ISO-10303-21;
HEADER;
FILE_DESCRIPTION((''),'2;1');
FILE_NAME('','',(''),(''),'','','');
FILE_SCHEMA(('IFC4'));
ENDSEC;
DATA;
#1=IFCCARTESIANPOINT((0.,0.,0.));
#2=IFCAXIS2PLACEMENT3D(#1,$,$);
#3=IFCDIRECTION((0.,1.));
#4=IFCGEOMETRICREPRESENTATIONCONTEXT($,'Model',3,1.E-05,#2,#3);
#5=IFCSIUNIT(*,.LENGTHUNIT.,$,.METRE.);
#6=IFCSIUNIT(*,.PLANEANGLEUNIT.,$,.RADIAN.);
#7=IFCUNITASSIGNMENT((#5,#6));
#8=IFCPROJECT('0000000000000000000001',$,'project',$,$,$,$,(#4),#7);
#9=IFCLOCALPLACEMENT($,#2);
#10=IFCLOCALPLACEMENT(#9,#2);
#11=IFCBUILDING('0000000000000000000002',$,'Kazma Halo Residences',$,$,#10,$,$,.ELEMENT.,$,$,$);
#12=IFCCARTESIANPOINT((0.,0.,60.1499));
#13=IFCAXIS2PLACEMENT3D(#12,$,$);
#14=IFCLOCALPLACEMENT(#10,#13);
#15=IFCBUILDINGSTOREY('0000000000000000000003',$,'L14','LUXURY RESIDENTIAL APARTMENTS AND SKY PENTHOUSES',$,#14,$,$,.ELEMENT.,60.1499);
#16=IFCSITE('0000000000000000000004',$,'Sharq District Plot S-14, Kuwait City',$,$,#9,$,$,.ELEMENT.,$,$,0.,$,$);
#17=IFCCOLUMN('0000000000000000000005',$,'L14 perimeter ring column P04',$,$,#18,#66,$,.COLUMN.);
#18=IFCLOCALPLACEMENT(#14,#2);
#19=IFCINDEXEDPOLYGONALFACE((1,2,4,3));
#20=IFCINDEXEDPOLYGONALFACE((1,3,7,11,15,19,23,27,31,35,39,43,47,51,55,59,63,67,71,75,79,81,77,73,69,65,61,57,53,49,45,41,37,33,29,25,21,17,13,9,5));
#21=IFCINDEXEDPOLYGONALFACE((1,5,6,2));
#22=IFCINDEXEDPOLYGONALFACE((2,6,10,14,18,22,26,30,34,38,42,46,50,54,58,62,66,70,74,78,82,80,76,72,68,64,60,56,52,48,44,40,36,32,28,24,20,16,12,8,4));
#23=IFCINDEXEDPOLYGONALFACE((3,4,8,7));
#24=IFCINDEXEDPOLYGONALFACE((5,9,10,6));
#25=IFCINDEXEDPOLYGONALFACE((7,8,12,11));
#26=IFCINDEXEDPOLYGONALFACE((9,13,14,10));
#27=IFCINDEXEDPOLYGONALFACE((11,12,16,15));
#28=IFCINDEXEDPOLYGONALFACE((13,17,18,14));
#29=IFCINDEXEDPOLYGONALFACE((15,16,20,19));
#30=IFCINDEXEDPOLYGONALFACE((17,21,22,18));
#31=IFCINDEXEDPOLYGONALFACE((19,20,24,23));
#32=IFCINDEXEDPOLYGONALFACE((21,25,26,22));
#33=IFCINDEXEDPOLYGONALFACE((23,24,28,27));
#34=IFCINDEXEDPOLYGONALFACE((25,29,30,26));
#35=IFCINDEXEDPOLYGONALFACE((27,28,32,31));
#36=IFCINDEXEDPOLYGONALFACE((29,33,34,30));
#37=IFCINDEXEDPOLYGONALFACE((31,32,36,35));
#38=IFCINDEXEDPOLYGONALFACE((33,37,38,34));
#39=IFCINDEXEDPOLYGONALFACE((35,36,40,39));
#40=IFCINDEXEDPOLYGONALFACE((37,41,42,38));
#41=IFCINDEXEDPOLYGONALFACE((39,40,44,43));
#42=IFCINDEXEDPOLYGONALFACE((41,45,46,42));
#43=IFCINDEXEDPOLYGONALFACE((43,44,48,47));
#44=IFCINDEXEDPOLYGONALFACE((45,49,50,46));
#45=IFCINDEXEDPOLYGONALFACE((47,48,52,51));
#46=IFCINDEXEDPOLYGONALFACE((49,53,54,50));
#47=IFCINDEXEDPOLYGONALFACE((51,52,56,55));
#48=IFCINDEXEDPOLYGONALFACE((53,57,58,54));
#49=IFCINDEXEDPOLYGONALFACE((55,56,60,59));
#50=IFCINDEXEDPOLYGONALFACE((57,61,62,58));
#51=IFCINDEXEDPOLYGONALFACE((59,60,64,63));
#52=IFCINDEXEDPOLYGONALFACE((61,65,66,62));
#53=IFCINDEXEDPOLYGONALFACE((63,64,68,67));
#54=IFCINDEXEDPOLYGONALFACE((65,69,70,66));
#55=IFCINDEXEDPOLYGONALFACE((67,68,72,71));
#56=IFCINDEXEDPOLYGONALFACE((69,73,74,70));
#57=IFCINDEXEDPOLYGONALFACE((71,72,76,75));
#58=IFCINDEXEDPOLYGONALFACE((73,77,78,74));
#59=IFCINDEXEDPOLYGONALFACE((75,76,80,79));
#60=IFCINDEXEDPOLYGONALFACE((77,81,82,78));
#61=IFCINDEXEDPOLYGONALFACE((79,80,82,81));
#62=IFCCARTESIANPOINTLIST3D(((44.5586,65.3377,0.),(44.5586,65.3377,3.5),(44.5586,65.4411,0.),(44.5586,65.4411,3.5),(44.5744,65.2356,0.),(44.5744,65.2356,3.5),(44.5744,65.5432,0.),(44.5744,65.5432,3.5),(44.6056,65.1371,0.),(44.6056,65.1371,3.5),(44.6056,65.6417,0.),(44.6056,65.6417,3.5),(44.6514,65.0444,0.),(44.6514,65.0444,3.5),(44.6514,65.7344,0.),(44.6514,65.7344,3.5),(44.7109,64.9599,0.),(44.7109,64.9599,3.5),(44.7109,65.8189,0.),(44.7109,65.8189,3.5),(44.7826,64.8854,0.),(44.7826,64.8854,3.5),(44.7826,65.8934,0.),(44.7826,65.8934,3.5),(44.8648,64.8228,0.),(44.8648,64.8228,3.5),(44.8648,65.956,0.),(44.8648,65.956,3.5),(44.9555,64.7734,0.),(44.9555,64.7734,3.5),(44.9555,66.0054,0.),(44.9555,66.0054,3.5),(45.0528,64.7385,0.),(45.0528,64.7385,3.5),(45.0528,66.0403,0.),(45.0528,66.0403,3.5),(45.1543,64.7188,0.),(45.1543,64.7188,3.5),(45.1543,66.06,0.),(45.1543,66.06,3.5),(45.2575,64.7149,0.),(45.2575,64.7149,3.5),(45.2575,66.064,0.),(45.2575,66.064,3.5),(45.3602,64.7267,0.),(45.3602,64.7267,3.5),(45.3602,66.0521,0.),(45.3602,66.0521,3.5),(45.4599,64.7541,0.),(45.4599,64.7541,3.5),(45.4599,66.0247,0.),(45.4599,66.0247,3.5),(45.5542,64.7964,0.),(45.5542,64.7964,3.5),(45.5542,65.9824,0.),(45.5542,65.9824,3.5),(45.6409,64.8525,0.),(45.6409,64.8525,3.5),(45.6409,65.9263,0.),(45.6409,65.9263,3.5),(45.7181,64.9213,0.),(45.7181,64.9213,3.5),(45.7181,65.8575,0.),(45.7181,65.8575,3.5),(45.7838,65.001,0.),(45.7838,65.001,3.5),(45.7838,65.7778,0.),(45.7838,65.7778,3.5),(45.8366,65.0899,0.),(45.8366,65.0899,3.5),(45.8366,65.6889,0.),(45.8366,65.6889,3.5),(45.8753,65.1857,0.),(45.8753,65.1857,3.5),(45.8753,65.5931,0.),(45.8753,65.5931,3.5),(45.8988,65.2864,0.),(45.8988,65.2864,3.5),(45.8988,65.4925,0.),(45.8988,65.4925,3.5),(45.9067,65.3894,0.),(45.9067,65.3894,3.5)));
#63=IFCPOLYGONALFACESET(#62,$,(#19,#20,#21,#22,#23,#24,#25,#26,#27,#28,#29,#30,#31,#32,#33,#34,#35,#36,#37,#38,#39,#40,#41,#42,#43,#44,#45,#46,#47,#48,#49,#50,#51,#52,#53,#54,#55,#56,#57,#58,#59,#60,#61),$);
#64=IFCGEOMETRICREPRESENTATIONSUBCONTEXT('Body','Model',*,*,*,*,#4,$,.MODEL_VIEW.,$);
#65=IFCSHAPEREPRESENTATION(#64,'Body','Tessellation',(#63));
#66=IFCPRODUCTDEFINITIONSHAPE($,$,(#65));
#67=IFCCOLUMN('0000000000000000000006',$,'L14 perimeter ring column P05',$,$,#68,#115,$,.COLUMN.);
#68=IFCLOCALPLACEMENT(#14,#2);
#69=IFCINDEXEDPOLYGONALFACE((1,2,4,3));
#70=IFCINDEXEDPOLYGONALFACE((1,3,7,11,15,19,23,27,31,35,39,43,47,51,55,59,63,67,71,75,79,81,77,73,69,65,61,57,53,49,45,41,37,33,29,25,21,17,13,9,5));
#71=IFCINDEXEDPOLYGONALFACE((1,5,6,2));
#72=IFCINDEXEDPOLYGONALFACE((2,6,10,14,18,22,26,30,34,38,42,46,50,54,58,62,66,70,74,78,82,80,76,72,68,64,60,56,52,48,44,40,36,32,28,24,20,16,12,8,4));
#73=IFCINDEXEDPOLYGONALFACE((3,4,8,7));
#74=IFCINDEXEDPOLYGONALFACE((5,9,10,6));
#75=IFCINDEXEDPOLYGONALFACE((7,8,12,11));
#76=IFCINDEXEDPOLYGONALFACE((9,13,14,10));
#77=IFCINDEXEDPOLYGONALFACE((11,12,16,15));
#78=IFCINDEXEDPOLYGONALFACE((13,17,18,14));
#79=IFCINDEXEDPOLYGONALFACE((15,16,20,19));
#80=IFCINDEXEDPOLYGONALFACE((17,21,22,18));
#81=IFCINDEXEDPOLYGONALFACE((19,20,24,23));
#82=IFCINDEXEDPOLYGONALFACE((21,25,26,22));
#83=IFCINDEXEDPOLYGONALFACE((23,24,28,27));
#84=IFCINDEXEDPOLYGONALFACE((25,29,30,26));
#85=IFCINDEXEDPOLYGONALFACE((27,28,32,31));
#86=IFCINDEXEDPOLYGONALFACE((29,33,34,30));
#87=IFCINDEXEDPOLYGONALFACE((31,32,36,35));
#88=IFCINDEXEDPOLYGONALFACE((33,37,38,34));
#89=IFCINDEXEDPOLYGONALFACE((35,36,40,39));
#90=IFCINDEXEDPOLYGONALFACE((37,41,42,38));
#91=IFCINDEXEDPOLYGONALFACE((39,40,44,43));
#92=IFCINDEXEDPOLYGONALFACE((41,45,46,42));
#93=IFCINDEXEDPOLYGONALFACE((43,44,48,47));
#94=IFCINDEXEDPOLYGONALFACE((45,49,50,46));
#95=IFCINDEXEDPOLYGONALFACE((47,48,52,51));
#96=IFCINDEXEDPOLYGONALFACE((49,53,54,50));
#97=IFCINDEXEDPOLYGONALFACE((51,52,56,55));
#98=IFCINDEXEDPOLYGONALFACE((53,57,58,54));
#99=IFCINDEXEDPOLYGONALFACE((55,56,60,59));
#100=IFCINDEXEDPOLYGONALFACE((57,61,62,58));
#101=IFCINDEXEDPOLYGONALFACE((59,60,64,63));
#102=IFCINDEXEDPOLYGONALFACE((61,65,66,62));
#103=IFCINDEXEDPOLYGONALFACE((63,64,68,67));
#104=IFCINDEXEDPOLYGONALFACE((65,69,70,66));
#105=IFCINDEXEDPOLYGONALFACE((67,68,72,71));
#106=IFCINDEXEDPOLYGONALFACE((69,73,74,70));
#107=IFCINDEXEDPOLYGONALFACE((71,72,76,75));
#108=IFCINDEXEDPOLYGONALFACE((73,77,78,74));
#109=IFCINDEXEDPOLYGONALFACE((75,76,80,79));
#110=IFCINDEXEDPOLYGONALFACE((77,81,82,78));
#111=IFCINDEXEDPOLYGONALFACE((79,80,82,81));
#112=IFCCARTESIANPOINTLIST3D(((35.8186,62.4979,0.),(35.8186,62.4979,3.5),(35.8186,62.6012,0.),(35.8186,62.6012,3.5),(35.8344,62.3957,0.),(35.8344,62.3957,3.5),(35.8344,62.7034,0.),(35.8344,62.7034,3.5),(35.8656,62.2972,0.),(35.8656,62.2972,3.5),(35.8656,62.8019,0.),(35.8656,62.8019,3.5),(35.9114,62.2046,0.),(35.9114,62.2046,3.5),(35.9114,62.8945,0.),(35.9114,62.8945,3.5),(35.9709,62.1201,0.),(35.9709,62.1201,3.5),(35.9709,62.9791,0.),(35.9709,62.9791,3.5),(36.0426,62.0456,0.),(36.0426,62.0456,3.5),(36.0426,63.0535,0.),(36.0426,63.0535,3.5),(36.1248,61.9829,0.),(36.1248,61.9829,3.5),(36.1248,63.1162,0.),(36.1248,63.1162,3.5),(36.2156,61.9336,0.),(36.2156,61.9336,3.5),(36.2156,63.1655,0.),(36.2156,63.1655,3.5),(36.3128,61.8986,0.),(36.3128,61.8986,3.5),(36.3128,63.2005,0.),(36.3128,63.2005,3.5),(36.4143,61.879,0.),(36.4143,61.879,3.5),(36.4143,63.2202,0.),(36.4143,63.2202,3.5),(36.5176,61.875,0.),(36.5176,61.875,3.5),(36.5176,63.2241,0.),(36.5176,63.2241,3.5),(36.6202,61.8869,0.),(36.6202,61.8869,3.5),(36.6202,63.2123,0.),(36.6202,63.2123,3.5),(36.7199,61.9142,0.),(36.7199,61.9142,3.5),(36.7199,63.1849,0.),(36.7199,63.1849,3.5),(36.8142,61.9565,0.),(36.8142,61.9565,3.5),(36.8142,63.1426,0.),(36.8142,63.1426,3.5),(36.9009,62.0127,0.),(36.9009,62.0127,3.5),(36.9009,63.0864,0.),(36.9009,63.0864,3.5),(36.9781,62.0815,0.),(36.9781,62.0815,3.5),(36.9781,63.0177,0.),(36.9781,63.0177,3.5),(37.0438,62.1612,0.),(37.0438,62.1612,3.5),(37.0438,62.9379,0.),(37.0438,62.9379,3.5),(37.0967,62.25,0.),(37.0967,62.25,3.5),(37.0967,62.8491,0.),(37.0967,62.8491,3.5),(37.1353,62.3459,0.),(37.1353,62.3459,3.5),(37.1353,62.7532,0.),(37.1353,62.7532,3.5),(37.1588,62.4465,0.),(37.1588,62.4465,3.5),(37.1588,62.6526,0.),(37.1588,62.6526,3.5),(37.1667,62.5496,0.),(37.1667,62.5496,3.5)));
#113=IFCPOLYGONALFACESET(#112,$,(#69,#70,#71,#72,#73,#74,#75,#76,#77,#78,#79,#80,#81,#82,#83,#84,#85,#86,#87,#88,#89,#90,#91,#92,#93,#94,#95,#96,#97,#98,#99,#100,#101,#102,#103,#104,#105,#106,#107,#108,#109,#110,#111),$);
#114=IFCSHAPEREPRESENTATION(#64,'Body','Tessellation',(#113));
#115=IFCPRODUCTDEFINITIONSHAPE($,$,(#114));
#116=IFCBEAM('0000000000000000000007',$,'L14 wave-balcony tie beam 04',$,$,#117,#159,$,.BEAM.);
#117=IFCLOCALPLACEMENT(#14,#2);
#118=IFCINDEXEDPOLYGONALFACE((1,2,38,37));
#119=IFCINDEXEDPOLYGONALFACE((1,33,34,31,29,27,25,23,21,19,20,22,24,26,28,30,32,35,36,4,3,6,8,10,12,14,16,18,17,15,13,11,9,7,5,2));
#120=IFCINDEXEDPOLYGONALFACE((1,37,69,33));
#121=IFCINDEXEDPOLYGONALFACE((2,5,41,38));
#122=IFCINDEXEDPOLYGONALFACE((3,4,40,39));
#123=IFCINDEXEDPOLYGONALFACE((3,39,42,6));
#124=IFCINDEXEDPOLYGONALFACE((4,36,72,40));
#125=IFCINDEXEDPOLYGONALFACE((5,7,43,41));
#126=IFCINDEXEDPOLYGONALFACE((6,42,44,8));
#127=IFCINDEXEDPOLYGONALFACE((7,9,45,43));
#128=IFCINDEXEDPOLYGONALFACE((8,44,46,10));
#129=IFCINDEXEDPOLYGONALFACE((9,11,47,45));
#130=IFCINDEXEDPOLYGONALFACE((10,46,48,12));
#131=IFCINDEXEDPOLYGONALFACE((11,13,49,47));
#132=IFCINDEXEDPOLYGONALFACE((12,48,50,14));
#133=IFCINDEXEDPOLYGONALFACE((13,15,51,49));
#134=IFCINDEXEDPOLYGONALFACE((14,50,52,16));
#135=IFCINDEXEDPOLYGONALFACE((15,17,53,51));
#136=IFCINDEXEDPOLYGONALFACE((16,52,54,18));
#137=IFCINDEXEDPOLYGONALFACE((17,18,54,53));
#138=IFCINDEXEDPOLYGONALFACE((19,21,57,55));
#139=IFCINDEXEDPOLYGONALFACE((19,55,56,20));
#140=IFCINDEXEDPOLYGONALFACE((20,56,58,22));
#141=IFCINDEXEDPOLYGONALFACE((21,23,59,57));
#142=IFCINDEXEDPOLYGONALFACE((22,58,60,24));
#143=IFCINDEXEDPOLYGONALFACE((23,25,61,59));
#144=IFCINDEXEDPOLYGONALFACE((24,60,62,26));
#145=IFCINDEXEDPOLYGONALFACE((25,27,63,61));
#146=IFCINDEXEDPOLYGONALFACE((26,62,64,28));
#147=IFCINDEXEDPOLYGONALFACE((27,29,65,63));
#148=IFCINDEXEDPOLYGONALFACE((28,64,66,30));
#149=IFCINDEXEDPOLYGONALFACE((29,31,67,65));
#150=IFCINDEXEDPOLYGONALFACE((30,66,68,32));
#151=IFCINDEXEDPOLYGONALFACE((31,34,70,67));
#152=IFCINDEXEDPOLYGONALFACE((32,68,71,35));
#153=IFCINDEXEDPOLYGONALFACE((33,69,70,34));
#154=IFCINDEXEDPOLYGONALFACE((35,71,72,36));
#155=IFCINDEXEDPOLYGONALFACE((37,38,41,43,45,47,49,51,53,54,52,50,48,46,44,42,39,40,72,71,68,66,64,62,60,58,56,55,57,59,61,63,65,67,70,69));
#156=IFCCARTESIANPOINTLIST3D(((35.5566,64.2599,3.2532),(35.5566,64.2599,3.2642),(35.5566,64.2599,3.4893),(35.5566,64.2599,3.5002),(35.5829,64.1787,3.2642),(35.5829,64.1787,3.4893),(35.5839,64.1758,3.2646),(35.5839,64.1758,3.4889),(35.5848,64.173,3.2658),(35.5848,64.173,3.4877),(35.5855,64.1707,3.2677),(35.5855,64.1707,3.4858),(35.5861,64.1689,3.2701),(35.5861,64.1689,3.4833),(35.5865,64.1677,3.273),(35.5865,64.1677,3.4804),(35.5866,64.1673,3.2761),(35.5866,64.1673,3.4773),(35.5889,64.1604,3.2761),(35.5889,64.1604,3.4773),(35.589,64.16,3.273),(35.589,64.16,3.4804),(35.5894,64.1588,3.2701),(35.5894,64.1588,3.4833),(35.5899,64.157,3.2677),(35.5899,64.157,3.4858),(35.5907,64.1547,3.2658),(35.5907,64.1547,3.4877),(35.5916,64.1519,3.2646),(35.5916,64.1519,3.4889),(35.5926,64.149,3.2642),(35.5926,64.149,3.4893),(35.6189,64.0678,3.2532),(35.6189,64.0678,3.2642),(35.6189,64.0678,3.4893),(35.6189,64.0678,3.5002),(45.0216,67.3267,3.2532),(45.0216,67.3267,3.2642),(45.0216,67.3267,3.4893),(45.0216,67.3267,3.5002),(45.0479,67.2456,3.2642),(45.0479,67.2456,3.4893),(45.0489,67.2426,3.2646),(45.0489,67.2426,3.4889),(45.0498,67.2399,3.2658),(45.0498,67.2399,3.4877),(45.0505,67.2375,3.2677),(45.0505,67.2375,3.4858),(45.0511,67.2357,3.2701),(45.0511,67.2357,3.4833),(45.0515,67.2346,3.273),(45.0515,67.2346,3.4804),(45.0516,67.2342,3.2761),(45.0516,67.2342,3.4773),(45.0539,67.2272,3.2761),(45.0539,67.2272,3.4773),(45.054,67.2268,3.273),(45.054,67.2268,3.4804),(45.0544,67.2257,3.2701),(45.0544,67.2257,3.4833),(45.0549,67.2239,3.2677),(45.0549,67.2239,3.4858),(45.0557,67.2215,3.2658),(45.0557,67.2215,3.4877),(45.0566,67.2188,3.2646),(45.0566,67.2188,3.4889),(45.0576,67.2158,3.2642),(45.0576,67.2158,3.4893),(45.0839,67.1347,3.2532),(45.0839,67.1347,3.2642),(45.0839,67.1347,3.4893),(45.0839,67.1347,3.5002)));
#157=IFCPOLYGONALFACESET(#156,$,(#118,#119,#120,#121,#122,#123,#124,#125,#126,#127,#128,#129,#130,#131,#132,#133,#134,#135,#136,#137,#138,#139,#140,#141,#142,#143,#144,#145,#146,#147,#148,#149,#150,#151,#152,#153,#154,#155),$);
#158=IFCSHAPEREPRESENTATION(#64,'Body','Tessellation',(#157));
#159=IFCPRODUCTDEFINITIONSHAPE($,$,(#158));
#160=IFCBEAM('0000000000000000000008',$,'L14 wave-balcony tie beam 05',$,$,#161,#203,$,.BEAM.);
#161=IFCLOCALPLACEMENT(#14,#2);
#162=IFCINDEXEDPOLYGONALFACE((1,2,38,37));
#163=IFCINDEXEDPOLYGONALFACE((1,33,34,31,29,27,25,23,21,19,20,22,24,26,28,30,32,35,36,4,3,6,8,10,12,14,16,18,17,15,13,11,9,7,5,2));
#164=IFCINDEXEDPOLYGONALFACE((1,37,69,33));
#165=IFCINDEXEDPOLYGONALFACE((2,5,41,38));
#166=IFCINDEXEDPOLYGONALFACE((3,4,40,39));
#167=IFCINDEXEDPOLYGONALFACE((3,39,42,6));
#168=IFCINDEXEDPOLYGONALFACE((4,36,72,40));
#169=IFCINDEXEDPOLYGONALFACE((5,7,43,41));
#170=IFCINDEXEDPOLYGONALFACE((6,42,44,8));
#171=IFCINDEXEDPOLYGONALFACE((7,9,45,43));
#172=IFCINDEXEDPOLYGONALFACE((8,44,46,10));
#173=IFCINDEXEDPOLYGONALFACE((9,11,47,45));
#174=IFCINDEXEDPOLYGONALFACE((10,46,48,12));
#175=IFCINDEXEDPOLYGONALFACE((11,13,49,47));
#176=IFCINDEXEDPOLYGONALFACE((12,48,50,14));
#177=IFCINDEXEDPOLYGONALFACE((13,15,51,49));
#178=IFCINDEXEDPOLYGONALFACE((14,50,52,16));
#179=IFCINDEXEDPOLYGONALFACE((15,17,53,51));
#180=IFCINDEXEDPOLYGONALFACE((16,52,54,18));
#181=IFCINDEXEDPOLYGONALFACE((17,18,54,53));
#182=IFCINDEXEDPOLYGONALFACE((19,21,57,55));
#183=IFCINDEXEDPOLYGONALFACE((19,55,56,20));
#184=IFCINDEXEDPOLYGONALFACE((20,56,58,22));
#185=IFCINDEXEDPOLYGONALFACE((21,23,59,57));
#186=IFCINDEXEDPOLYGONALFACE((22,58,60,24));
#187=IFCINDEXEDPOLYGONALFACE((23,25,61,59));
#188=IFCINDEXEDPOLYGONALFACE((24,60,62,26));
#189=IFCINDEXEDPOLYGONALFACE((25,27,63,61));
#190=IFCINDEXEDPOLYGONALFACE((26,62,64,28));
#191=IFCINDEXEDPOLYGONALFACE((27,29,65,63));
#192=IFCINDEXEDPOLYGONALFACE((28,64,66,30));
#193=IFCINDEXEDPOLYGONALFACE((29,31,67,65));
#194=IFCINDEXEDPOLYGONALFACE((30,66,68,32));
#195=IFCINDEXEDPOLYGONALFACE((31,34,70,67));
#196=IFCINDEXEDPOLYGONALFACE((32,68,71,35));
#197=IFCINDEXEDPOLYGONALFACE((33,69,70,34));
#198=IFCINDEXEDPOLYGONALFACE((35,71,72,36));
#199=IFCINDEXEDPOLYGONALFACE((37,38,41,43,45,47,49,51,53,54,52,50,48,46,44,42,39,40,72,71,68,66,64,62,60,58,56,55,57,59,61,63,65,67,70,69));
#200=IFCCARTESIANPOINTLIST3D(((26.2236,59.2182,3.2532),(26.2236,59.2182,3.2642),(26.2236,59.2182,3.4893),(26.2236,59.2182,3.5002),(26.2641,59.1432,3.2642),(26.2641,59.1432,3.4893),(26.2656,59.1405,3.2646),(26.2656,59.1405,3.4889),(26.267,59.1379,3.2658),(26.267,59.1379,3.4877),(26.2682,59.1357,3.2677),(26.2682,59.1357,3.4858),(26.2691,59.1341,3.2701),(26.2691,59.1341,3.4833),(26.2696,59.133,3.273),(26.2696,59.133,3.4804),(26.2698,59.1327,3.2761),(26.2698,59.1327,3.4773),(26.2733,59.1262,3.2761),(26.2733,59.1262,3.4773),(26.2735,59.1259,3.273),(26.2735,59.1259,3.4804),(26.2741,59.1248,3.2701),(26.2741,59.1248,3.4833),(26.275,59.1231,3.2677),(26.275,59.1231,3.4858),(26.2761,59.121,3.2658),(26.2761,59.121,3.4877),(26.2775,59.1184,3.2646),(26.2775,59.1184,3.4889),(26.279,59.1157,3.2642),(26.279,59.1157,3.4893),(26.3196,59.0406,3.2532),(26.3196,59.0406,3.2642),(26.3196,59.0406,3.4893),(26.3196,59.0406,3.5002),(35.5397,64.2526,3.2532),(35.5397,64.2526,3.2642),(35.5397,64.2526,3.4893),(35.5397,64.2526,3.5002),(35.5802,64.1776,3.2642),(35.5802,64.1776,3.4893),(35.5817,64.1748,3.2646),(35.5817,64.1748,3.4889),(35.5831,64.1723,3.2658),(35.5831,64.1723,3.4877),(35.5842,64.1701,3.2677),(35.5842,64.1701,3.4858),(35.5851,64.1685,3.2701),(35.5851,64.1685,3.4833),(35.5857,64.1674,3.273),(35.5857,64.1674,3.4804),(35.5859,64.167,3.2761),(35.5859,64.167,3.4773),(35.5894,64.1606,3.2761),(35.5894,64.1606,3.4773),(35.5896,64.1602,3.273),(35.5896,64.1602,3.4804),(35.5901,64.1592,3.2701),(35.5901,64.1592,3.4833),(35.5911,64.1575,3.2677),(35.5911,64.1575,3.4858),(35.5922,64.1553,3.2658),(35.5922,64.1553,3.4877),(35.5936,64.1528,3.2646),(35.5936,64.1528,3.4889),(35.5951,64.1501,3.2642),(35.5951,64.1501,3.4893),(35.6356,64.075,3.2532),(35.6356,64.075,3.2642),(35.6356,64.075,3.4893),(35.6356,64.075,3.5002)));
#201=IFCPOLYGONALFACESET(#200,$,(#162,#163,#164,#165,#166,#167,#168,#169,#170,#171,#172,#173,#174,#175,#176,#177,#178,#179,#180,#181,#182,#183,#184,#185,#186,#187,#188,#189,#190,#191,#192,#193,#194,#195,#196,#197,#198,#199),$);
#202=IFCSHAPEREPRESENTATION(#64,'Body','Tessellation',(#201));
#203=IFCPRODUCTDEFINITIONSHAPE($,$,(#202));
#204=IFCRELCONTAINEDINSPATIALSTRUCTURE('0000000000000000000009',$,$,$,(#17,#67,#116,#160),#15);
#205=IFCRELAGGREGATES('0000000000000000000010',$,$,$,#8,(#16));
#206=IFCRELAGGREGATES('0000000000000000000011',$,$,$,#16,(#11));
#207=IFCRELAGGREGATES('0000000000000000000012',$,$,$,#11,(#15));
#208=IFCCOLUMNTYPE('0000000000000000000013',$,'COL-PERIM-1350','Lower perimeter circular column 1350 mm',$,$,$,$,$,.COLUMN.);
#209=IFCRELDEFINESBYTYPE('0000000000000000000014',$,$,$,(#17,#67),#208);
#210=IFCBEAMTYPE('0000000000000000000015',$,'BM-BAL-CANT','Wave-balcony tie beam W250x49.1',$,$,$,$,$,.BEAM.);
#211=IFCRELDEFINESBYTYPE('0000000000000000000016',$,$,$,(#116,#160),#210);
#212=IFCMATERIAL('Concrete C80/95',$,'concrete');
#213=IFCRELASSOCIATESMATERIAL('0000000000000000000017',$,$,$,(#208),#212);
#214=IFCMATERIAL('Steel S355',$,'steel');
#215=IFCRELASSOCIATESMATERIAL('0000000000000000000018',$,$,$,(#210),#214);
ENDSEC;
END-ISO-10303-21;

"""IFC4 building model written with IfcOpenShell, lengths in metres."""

from ifc_helpers import new_model, si_unit, direction, frame, origin, origin_2d, place, context, subcontext, project, spatial, circle, i_section, extrude, material, material_profile, profile_set, type_object, element, save


model = new_model("IFC4")

# Units and contexts
model_context = context("Model", 3, precision=1e-05, world=origin(), true_north=direction((0.0, 1.0)))
body_context = subcontext(model_context, "Body", "Model", "MODEL_VIEW")
ifc_project = project(units=[si_unit("LENGTHUNIT", "METRE"), si_unit("PLANEANGLEUNIT", "RADIAN")], contexts=[model_context])

# Site, building, storey
site_placement = place(None, origin())
site = spatial("IfcSite", under=ifc_project, at=site_placement, Name="Sharq District Plot S-14, Kuwait City", CompositionType="ELEMENT", RefElevation=0.0)
building_placement = place(site_placement, origin())
building = spatial("IfcBuilding", under=site, at=building_placement, Name="Kazma Halo Residences", CompositionType="ELEMENT")
storey_placement = place(building_placement, frame((0.0, 0.0, 60.1499)))
storey = spatial("IfcBuildingStorey", under=building, at=storey_placement, Name="L14", Description="LUXURY RESIDENTIAL APARTMENTS AND SKY PENTHOUSES", CompositionType="ELEMENT", Elevation=60.1499)

# Columns
ifc_material_1 = material(Name="Concrete C80/95", Category="concrete")
ifc_material_profile_1 = material_profile(ifc_material_1, circle(Radius=0.675, at=origin_2d()), Name="CIRC1350")
ifc_profile_set_1 = profile_set([ifc_material_profile_1], Name="Concrete C80/95")
column_type = type_object("IfcColumnType", Name="COL-PERIM-1350", Description="Lower perimeter circular column 1350 mm", PredefinedType="COLUMN", material=ifc_profile_set_1)
for number, where, z_axis, x_axis, name in (
    (1, (45.2317, 65.3894, 0.0), (0.0, 0.0, 1.0), (1.0, 0.0, 0.0), "L14 perimeter ring column P04"),
    (2, (36.4917, 62.5496, 0.0), (0.0, 0.0, 1.0), (1.0, 0.0, 0.0), "L14 perimeter ring column P05"),
):
    element("IfcColumn", number, at=place(storey_placement, frame(where, z_axis=z_axis, x_axis=x_axis)), inside=storey, type_object=column_type, Name=name, PredefinedType="COLUMN", context=body_context, shape_type="SweptSolid", body=[
        extrude(circle(Radius=0.675, at=origin_2d()), origin(), (0.0, 0.0, 1.0), 3.5),
    ])

# Beams
ifc_material_2 = material(Name="Steel S355", Category="steel")
ifc_material_profile_2 = material_profile(ifc_material_2, i_section(OverallWidth=0.2019, OverallDepth=0.2471, WebThickness=0.0073, FlangeThickness=0.011, FilletRadius=0.012, at=origin_2d()), Name="W250x49.1")
ifc_profile_set_2 = profile_set([ifc_material_profile_2], Name="Steel S355")
beam_type_1 = type_object("IfcBeamType", Name="BM-BAL-CANT", Description="Wave-balcony tie beam W250x49.1", PredefinedType="BEAM", material=ifc_profile_set_2)
beam_1_placement = place(storey_placement, frame((45.0527, 67.2307, 3.3767), z_axis=(-0.951307, -0.308244, 0.0), x_axis=(0.308244, -0.951307, 0.0)))
element("IfcBeam", 3, at=beam_1_placement, inside=storey, type_object=beam_type_1, Name="L14 wave-balcony tie beam 04", PredefinedType="BEAM", context=body_context, shape_type="SweptSolid", body=[
    extrude(i_section(OverallWidth=0.2019, OverallDepth=0.2471, WebThickness=0.0073, FlangeThickness=0.011, FilletRadius=0.012, at=origin_2d()), origin(), (0.0, 0.0, 1.0), 9.9495),
])
beam_2_placement = place(storey_placement, frame((35.5876, 64.1638, 3.3767), z_axis=(-0.879759, -0.475419, 0.0), x_axis=(0.475419, -0.879759, 0.0)))
element("IfcBeam", 4, at=beam_2_placement, inside=storey, type_object=beam_type_1, Name="L14 wave-balcony tie beam 05", PredefinedType="BEAM", context=body_context, shape_type="SweptSolid", body=[
    extrude(i_section(OverallWidth=0.2019, OverallDepth=0.2471, WebThickness=0.0073, FlangeThickness=0.011, FilletRadius=0.012, at=origin_2d()), origin(), (0.0, 0.0, 1.0), 10.5894),
])

save(model, "model.ifc")
